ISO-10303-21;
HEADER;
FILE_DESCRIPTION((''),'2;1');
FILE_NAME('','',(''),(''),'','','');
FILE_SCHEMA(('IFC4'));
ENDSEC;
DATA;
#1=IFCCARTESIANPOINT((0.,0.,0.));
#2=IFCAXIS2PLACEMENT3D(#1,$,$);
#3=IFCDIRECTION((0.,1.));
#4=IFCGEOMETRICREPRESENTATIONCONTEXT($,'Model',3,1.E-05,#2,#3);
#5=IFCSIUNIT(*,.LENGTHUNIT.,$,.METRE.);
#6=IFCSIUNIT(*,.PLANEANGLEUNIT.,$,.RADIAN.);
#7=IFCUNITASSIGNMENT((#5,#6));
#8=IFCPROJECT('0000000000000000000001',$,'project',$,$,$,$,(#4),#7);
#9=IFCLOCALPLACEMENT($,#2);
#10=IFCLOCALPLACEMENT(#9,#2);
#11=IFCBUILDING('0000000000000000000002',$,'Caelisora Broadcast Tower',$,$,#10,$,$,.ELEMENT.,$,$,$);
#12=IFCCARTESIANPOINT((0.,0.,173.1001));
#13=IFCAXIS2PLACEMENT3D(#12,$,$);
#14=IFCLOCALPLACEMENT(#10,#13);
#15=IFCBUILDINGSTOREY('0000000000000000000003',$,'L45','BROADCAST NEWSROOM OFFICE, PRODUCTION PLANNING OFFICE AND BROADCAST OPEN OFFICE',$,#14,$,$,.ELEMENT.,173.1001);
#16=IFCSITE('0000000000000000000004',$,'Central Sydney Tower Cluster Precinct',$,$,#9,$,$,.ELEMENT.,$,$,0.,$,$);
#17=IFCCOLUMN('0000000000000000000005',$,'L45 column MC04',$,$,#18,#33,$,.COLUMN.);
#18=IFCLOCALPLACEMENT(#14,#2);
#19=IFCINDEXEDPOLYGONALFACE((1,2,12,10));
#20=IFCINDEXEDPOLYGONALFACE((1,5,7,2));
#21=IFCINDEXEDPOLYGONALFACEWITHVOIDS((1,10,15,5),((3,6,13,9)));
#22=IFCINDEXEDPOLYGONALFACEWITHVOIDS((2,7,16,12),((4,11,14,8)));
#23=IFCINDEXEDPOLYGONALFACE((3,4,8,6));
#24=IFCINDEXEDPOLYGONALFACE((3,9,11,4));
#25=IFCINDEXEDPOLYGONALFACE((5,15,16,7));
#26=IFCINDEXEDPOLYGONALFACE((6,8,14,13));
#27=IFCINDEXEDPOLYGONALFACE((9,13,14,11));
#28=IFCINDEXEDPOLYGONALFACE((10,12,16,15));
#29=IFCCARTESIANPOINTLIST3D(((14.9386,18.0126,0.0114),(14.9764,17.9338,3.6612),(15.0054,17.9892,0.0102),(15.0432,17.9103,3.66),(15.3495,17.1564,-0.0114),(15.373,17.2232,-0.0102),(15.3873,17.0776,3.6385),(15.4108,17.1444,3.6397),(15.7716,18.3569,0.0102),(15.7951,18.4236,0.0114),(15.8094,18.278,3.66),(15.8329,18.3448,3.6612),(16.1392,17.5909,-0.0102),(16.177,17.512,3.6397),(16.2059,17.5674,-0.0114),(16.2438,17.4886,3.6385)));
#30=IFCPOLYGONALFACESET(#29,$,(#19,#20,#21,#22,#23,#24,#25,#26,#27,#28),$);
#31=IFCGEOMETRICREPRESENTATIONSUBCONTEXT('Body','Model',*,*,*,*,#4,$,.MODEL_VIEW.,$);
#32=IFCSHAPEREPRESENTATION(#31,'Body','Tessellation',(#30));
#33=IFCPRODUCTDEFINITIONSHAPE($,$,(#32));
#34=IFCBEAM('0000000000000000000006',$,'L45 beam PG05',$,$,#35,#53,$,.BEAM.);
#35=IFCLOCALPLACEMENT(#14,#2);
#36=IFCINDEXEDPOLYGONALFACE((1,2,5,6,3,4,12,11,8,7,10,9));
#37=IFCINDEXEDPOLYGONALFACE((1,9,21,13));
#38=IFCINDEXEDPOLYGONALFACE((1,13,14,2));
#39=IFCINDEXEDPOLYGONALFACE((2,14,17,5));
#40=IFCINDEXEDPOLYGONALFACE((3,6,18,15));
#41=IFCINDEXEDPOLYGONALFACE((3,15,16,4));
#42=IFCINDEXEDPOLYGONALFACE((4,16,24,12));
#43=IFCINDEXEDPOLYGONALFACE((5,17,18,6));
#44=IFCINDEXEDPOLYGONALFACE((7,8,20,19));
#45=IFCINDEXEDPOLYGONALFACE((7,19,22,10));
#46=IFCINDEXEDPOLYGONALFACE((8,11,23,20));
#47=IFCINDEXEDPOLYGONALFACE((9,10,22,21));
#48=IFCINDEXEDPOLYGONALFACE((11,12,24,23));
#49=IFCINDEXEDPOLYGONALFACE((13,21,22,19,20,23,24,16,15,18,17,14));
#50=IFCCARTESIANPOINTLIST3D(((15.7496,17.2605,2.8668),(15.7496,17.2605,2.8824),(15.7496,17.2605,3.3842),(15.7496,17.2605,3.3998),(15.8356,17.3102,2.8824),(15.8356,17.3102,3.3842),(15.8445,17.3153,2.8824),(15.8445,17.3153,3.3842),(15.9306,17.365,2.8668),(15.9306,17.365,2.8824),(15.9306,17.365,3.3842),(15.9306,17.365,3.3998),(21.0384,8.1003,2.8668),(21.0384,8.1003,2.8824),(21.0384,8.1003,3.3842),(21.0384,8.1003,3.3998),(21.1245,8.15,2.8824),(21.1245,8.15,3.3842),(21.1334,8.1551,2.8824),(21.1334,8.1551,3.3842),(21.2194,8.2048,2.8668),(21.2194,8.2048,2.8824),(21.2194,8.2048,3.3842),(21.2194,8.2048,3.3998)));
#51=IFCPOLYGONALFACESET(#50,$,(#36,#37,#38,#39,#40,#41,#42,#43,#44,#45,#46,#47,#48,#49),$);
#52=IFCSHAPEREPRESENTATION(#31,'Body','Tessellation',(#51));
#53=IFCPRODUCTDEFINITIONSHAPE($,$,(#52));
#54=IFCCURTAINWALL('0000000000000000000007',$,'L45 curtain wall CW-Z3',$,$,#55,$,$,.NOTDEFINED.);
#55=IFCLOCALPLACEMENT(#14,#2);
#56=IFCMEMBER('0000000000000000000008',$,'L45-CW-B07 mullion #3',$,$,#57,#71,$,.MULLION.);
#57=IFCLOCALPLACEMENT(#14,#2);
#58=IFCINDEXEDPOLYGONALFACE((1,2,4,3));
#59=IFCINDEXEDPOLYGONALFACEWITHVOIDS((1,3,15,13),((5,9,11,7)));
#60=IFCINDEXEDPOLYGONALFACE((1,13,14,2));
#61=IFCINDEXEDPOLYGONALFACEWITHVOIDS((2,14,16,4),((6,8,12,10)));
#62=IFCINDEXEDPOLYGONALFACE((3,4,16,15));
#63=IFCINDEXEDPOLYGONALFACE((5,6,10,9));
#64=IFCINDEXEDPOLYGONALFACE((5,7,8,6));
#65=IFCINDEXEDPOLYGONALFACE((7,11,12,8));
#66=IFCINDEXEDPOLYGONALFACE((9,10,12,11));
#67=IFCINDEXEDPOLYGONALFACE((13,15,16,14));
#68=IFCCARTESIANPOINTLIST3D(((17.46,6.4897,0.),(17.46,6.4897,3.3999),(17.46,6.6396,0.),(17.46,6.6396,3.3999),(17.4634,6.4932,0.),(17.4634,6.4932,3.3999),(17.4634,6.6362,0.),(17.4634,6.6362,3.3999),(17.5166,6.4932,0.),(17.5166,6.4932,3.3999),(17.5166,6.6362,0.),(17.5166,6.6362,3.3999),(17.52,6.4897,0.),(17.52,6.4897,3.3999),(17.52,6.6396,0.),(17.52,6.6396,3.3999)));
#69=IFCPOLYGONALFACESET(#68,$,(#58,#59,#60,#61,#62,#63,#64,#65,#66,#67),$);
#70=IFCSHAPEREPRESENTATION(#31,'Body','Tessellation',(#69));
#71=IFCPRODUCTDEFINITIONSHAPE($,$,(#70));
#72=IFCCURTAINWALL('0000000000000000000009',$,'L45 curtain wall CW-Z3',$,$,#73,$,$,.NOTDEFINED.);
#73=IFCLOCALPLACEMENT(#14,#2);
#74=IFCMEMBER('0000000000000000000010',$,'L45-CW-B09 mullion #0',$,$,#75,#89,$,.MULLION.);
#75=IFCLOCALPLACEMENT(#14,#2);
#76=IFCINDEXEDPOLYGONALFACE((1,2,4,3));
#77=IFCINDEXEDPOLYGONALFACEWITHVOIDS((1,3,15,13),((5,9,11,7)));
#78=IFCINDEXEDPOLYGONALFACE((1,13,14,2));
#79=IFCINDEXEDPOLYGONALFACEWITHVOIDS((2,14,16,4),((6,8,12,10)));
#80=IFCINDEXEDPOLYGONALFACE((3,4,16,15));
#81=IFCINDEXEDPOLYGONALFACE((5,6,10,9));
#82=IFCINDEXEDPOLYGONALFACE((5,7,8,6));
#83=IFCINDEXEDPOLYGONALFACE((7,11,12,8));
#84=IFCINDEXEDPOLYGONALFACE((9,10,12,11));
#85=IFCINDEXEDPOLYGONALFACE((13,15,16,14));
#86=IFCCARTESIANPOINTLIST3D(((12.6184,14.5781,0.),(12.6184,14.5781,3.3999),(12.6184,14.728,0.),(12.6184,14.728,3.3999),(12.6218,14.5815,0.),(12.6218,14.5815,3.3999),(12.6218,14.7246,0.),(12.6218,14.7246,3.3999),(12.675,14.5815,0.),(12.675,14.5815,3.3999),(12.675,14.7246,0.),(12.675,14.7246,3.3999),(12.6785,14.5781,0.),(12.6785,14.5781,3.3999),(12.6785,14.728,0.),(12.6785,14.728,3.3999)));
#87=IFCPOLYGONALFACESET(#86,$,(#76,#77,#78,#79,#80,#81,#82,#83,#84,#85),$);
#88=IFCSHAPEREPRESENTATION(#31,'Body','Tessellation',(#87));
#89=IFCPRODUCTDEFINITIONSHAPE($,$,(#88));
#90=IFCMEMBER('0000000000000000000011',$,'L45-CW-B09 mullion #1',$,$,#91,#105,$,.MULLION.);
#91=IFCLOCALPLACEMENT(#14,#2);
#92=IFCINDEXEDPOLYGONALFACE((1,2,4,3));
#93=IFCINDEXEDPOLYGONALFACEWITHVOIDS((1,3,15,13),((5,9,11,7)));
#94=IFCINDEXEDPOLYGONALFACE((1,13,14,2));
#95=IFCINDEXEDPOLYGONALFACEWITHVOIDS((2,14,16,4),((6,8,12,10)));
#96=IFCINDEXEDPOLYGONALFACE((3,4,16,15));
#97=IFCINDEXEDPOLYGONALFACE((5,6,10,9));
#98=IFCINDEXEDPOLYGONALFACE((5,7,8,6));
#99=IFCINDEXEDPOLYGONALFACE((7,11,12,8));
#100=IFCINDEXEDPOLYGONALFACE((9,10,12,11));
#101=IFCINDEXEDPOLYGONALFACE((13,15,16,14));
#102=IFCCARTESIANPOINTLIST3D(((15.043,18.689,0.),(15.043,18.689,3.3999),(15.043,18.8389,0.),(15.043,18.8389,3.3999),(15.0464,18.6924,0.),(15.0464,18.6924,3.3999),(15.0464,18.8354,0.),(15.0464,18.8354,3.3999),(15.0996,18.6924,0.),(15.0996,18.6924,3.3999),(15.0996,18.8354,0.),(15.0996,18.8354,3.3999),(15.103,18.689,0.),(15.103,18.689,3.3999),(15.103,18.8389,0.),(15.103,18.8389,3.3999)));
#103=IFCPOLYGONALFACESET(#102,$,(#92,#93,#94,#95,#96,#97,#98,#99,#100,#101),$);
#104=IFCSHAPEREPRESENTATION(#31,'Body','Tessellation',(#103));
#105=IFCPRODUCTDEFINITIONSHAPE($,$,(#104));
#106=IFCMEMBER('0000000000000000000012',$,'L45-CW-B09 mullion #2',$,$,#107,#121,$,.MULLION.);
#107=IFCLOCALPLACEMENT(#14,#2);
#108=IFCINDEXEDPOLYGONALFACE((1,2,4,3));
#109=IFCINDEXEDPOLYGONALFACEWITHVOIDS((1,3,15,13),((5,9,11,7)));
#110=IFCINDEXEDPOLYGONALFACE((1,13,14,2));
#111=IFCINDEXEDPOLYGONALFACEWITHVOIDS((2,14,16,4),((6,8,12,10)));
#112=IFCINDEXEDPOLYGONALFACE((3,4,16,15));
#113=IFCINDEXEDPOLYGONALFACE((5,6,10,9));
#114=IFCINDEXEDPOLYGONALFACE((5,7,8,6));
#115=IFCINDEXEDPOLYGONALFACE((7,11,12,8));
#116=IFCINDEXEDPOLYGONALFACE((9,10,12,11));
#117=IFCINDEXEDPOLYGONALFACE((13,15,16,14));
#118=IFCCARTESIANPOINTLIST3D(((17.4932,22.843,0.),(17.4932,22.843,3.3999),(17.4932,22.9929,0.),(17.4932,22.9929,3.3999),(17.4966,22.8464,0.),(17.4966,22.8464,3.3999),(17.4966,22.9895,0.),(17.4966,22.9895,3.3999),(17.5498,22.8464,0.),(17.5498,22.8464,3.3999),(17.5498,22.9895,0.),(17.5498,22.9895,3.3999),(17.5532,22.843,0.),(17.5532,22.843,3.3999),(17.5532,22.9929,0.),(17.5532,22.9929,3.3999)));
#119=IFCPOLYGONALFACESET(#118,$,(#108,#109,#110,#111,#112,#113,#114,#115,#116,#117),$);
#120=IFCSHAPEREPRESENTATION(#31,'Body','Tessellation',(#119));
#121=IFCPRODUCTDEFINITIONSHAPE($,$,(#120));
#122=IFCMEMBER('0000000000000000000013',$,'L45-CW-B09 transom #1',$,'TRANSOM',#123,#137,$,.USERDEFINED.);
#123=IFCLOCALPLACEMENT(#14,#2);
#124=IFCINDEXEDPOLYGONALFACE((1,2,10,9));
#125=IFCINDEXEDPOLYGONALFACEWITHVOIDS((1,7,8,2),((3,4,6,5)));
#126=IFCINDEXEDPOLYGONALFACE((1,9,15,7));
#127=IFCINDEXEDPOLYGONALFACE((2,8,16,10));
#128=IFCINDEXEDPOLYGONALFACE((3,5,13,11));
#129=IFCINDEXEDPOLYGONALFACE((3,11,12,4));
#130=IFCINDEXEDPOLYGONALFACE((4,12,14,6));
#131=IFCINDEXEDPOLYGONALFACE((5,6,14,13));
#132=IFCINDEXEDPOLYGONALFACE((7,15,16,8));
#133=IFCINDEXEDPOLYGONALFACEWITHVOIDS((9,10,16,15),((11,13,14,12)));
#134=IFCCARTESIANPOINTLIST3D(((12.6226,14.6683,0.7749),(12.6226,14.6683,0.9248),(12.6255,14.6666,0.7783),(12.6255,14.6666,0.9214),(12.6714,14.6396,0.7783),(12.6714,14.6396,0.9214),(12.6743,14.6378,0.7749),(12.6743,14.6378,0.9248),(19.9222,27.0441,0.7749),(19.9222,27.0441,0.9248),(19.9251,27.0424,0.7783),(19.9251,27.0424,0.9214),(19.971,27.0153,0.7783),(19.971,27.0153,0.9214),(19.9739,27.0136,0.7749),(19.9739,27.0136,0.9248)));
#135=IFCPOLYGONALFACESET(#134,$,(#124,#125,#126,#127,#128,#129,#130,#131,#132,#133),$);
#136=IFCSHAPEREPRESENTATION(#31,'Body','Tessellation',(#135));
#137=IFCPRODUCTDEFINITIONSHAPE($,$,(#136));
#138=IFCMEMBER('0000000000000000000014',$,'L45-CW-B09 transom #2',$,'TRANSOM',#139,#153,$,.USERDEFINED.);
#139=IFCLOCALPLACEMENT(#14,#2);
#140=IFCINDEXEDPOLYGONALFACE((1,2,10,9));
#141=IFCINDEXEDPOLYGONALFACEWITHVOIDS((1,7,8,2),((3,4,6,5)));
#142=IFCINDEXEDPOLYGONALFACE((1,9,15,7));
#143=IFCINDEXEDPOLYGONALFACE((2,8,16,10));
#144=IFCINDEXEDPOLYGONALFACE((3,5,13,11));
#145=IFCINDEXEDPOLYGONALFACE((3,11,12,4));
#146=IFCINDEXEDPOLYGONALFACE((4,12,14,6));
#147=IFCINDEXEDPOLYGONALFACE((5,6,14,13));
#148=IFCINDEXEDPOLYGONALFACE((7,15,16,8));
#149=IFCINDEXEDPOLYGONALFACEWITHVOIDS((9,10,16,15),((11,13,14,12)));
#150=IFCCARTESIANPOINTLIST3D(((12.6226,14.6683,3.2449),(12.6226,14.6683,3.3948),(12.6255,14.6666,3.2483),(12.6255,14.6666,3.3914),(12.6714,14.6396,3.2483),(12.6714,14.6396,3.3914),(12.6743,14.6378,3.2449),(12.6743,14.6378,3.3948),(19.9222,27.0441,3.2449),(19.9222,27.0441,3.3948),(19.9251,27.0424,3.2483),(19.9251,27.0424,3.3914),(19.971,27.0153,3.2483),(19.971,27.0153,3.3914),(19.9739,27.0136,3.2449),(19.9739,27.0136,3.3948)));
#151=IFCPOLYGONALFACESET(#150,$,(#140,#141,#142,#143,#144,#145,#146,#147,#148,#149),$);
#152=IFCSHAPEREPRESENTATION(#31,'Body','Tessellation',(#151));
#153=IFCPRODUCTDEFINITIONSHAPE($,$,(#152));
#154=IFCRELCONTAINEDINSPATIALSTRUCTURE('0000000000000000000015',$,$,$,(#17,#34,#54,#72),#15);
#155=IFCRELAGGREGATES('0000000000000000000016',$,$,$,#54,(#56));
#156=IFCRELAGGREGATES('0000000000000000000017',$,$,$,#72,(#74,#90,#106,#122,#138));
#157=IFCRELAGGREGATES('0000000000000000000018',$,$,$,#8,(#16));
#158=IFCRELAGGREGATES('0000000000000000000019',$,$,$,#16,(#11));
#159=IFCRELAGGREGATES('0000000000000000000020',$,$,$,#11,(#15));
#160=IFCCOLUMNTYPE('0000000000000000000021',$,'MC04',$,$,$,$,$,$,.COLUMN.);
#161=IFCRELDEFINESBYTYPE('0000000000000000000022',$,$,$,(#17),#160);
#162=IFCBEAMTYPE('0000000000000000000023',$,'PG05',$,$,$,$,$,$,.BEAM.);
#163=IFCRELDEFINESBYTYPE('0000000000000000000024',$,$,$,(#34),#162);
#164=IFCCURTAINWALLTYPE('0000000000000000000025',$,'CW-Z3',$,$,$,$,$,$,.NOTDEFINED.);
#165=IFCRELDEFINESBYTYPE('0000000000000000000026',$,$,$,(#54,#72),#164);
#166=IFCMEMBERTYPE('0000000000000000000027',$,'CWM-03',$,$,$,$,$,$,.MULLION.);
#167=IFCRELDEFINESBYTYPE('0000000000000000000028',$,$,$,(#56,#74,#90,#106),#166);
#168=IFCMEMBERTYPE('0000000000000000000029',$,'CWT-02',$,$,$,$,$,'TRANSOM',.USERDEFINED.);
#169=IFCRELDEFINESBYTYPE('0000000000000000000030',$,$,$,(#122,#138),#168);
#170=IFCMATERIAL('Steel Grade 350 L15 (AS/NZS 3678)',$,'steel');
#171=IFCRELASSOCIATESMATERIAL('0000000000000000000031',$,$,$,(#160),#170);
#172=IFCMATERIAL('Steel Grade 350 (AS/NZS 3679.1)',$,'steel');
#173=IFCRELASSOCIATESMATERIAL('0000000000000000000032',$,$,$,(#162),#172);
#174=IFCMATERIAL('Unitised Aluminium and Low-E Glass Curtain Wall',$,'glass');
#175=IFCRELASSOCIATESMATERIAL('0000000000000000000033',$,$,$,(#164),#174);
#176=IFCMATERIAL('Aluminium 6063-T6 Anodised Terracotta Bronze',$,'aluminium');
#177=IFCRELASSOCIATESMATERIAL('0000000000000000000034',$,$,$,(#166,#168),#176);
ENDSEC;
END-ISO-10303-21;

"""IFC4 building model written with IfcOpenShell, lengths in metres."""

from ifc_helpers import new_model, si_unit, direction, frame, origin, origin_2d, place, context, subcontext, project, spatial, hollow_rectangle, i_section, extrude, source, transform, mapped, material, material_profile, profile_set, type_object, type_shapes, element, aggregate, save


model = new_model("IFC4")

# Units and contexts
model_context = context("Model", 3, precision=1e-05, world=origin(), true_north=direction((0.0, 1.0)))
body_context = subcontext(model_context, "Body", "Model", "MODEL_VIEW")
ifc_project = project(units=[si_unit("LENGTHUNIT", "METRE"), si_unit("PLANEANGLEUNIT", "RADIAN")], contexts=[model_context])

# Site, building, storey
site_placement = place(None, origin())
site = spatial("IfcSite", under=ifc_project, at=site_placement, Name="Central Sydney Tower Cluster Precinct", CompositionType="ELEMENT", RefElevation=0.0)
building_placement = place(site_placement, origin())
building = spatial("IfcBuilding", under=site, at=building_placement, Name="Caelisora Broadcast Tower", CompositionType="ELEMENT")
storey_placement = place(building_placement, frame((0.0, 0.0, 173.1001)))
storey = spatial("IfcBuildingStorey", under=building, at=storey_placement, Name="L45", Description="BROADCAST NEWSROOM OFFICE, PRODUCTION PLANNING OFFICE AND BROADCAST OPEN OFFICE", CompositionType="ELEMENT", Elevation=173.1001)

# Column
ifc_material_1 = material(Name="Steel Grade 350 L15 (AS/NZS 3678)", Category="steel")
ifc_material_profile_1 = material_profile(ifc_material_1, hollow_rectangle(XDim=0.95, YDim=0.95, WallThickness=0.05, at=origin_2d()), Name="Steel Grade 350 L15 (AS/NZS 3678)")
ifc_profile_set_1 = profile_set([ifc_material_profile_1], Name="Steel Grade 350 L15 (AS/NZS 3678)")
column_type = type_object("IfcColumnType", Name="MC04", PredefinedType="COLUMN", material=ifc_profile_set_1)
shared_shape_1 = source(origin(), body_context, "Body", "SweptSolid", [
    extrude(hollow_rectangle(XDim=0.95, YDim=0.95, WallThickness=0.05, at=origin_2d()), origin(), (0.0, 0.0, 1.0), 3.6509),
])
type_shapes(column_type, [shared_shape_1])
column_placement = place(storey_placement, frame((15.5723, 17.79, 0.0), z_axis=(0.010365, -0.021599, 0.999713), x_axis=(0.901567, 0.43264, 0.0)))
element("IfcColumn", 1, at=column_placement, inside=storey, type_object=column_type, Name="L45 column MC04", PredefinedType="COLUMN", context=body_context, shape_type="MappedRepresentation", body=[
    mapped(shared_shape_1, transform((0.0, 0.0, 0.0), scale=1.0)),
])

# Beam
ifc_material_2 = material(Name="Steel Grade 350 (AS/NZS 3679.1)", Category="steel")
ifc_material_profile_2 = material_profile(ifc_material_2, i_section(OverallWidth=0.209, OverallDepth=0.533, WebThickness=0.0103, FlangeThickness=0.0156, at=origin_2d()), Name="Steel Grade 350 (AS/NZS 3679.1)")
ifc_profile_set_2 = profile_set([ifc_material_profile_2], Name="Steel Grade 350 (AS/NZS 3679.1)")
beam_type = type_object("IfcBeamType", Name="PG05", PredefinedType="BEAM", material=ifc_profile_set_2)
shared_shape_2 = source(origin(), body_context, "Body", "SweptSolid", [
    extrude(i_section(OverallWidth=0.209, OverallDepth=0.533, WebThickness=0.0103, FlangeThickness=0.0156, at=origin_2d()), origin(), (0.0, 0.0, 1.0), 10.5774),
])
type_shapes(beam_type, [shared_shape_2])
beam_placement = place(storey_placement, frame((15.8401, 17.3127, 3.1333), z_axis=(0.500014, -0.866017, 0.0), x_axis=(0.866017, 0.500014, 0.0)))
element("IfcBeam", 2, at=beam_placement, inside=storey, type_object=beam_type, Name="L45 beam PG05", PredefinedType="BEAM", context=body_context, shape_type="MappedRepresentation", body=[
    mapped(shared_shape_2, transform((0.0, 0.0, 0.0), scale=1.0)),
])

# Curtain wall, member
ifc_material_3 = material(Name="Unitised Aluminium and Low-E Glass Curtain Wall", Category="glass")
curtain_wall_type = type_object("IfcCurtainWallType", Name="CW-Z3", PredefinedType="NOTDEFINED", material=ifc_material_3)
curtain_wall_1_placement = place(storey_placement, origin())
curtain_wall_1 = element("IfcCurtainWall", 3, at=curtain_wall_1_placement, inside=storey, type_object=curtain_wall_type, Name="L45 curtain wall CW-Z3", PredefinedType="NOTDEFINED")
ifc_material_4 = material(Name="Aluminium 6063-T6 Anodised Terracotta Bronze", Category="aluminium")
ifc_material_profile_3 = material_profile(ifc_material_4, hollow_rectangle(XDim=0.0601, YDim=0.1499, WallThickness=0.0034, at=origin_2d()), Name="Aluminium 6063-T6 Anodised Terracotta Bronze")
ifc_profile_set_3 = profile_set([ifc_material_profile_3], Name="Aluminium 6063-T6 Anodised Terracotta Bronze")
member_type_1 = type_object("IfcMemberType", Name="CWM-03", PredefinedType="MULLION", material=ifc_profile_set_3)
shared_shape_3 = source(origin(), body_context, "Body", "SweptSolid", [
    extrude(hollow_rectangle(XDim=0.0601, YDim=0.1499, WallThickness=0.0034, at=origin_2d()), origin(), (0.0, 0.0, 1.0), 3.3999),
])
type_shapes(member_type_1, [shared_shape_3])
member_1_placement = place(storey_placement, frame((17.49, 6.5647, 0.0), z_axis=(0.0, 0.0, 1.0), x_axis=(1.0, 0.0, 0.0)))
member_1 = element("IfcMember", 4, at=member_1_placement, type_object=member_type_1, Name="L45-CW-B07 mullion #3", PredefinedType="MULLION", context=body_context, shape_type="MappedRepresentation", body=[
    mapped(shared_shape_3, transform((0.0, 0.0, 0.0), scale=1.0)),
])
aggregate(curtain_wall_1, [member_1])

# Curtain wall, members
curtain_wall_2_placement = place(storey_placement, origin())
curtain_wall_2 = element("IfcCurtainWall", 5, at=curtain_wall_2_placement, inside=storey, type_object=curtain_wall_type, Name="L45 curtain wall CW-Z3", PredefinedType="NOTDEFINED")
member_2_placement = place(storey_placement, frame((12.6484, 14.6531, 0.0), z_axis=(0.0, 0.0, 1.0), x_axis=(1.0, 0.0, 0.0)))
member_2 = element("IfcMember", 6, at=member_2_placement, type_object=member_type_1, Name="L45-CW-B09 mullion #0", PredefinedType="MULLION", context=body_context, shape_type="MappedRepresentation", body=[
    mapped(shared_shape_3, transform((0.0, 0.0, 0.0), scale=1.0)),
])
member_3_placement = place(storey_placement, frame((15.073, 18.7639, 0.0), z_axis=(0.0, 0.0, 1.0), x_axis=(1.0, 0.0, 0.0)))
member_3 = element("IfcMember", 7, at=member_3_placement, type_object=member_type_1, Name="L45-CW-B09 mullion #1", PredefinedType="MULLION", context=body_context, shape_type="MappedRepresentation", body=[
    mapped(shared_shape_3, transform((0.0, 0.0, 0.0), scale=1.0)),
])
member_4_placement = place(storey_placement, frame((17.5232, 22.918, 0.0), z_axis=(0.0, 0.0, 1.0), x_axis=(1.0, 0.0, 0.0)))
member_4 = element("IfcMember", 8, at=member_4_placement, type_object=member_type_1, Name="L45-CW-B09 mullion #2", PredefinedType="MULLION", context=body_context, shape_type="MappedRepresentation", body=[
    mapped(shared_shape_3, transform((0.0, 0.0, 0.0), scale=1.0)),
])
ifc_material_profile_4 = material_profile(ifc_material_4, hollow_rectangle(XDim=0.0601, YDim=0.1499, WallThickness=0.0034, at=origin_2d()), Name="Aluminium 6063-T6 Anodised Terracotta Bronze")
ifc_profile_set_4 = profile_set([ifc_material_profile_4], Name="Aluminium 6063-T6 Anodised Terracotta Bronze")
member_type_2 = type_object("IfcMemberType", Name="CWT-02", ElementType="TRANSOM", PredefinedType="USERDEFINED", material=ifc_profile_set_4)
shared_shape_4 = source(origin(), body_context, "Body", "SweptSolid", [
    extrude(hollow_rectangle(XDim=0.0601, YDim=0.1499, WallThickness=0.0034, at=origin_2d()), origin(), (0.0, 0.0, 1.0), 14.3682),
])
type_shapes(member_type_2, [shared_shape_4])
member_5_placement = place(storey_placement, frame((12.6484, 14.6531, 0.8499), z_axis=(0.508039, 0.861334, 0.0), x_axis=(-0.861334, 0.508039, 0.0)))
member_5 = element("IfcMember", 9, at=member_5_placement, type_object=member_type_2, Name="L45-CW-B09 transom #1", ObjectType="TRANSOM", PredefinedType="USERDEFINED", context=body_context, shape_type="MappedRepresentation", body=[
    mapped(shared_shape_4, transform((0.0, 0.0, 0.0), scale=1.0)),
])
member_6_placement = place(storey_placement, frame((12.6484, 14.6531, 3.3198), z_axis=(0.508039, 0.861334, 0.0), x_axis=(-0.861334, 0.508039, 0.0)))
member_6 = element("IfcMember", 10, at=member_6_placement, type_object=member_type_2, Name="L45-CW-B09 transom #2", ObjectType="TRANSOM", PredefinedType="USERDEFINED", context=body_context, shape_type="MappedRepresentation", body=[
    mapped(shared_shape_4, transform((0.0, 0.0, 0.0), scale=1.0)),
])

aggregate(curtain_wall_2, [member_2, member_3, member_4, member_5, member_6])

save(model, "model.ifc")
